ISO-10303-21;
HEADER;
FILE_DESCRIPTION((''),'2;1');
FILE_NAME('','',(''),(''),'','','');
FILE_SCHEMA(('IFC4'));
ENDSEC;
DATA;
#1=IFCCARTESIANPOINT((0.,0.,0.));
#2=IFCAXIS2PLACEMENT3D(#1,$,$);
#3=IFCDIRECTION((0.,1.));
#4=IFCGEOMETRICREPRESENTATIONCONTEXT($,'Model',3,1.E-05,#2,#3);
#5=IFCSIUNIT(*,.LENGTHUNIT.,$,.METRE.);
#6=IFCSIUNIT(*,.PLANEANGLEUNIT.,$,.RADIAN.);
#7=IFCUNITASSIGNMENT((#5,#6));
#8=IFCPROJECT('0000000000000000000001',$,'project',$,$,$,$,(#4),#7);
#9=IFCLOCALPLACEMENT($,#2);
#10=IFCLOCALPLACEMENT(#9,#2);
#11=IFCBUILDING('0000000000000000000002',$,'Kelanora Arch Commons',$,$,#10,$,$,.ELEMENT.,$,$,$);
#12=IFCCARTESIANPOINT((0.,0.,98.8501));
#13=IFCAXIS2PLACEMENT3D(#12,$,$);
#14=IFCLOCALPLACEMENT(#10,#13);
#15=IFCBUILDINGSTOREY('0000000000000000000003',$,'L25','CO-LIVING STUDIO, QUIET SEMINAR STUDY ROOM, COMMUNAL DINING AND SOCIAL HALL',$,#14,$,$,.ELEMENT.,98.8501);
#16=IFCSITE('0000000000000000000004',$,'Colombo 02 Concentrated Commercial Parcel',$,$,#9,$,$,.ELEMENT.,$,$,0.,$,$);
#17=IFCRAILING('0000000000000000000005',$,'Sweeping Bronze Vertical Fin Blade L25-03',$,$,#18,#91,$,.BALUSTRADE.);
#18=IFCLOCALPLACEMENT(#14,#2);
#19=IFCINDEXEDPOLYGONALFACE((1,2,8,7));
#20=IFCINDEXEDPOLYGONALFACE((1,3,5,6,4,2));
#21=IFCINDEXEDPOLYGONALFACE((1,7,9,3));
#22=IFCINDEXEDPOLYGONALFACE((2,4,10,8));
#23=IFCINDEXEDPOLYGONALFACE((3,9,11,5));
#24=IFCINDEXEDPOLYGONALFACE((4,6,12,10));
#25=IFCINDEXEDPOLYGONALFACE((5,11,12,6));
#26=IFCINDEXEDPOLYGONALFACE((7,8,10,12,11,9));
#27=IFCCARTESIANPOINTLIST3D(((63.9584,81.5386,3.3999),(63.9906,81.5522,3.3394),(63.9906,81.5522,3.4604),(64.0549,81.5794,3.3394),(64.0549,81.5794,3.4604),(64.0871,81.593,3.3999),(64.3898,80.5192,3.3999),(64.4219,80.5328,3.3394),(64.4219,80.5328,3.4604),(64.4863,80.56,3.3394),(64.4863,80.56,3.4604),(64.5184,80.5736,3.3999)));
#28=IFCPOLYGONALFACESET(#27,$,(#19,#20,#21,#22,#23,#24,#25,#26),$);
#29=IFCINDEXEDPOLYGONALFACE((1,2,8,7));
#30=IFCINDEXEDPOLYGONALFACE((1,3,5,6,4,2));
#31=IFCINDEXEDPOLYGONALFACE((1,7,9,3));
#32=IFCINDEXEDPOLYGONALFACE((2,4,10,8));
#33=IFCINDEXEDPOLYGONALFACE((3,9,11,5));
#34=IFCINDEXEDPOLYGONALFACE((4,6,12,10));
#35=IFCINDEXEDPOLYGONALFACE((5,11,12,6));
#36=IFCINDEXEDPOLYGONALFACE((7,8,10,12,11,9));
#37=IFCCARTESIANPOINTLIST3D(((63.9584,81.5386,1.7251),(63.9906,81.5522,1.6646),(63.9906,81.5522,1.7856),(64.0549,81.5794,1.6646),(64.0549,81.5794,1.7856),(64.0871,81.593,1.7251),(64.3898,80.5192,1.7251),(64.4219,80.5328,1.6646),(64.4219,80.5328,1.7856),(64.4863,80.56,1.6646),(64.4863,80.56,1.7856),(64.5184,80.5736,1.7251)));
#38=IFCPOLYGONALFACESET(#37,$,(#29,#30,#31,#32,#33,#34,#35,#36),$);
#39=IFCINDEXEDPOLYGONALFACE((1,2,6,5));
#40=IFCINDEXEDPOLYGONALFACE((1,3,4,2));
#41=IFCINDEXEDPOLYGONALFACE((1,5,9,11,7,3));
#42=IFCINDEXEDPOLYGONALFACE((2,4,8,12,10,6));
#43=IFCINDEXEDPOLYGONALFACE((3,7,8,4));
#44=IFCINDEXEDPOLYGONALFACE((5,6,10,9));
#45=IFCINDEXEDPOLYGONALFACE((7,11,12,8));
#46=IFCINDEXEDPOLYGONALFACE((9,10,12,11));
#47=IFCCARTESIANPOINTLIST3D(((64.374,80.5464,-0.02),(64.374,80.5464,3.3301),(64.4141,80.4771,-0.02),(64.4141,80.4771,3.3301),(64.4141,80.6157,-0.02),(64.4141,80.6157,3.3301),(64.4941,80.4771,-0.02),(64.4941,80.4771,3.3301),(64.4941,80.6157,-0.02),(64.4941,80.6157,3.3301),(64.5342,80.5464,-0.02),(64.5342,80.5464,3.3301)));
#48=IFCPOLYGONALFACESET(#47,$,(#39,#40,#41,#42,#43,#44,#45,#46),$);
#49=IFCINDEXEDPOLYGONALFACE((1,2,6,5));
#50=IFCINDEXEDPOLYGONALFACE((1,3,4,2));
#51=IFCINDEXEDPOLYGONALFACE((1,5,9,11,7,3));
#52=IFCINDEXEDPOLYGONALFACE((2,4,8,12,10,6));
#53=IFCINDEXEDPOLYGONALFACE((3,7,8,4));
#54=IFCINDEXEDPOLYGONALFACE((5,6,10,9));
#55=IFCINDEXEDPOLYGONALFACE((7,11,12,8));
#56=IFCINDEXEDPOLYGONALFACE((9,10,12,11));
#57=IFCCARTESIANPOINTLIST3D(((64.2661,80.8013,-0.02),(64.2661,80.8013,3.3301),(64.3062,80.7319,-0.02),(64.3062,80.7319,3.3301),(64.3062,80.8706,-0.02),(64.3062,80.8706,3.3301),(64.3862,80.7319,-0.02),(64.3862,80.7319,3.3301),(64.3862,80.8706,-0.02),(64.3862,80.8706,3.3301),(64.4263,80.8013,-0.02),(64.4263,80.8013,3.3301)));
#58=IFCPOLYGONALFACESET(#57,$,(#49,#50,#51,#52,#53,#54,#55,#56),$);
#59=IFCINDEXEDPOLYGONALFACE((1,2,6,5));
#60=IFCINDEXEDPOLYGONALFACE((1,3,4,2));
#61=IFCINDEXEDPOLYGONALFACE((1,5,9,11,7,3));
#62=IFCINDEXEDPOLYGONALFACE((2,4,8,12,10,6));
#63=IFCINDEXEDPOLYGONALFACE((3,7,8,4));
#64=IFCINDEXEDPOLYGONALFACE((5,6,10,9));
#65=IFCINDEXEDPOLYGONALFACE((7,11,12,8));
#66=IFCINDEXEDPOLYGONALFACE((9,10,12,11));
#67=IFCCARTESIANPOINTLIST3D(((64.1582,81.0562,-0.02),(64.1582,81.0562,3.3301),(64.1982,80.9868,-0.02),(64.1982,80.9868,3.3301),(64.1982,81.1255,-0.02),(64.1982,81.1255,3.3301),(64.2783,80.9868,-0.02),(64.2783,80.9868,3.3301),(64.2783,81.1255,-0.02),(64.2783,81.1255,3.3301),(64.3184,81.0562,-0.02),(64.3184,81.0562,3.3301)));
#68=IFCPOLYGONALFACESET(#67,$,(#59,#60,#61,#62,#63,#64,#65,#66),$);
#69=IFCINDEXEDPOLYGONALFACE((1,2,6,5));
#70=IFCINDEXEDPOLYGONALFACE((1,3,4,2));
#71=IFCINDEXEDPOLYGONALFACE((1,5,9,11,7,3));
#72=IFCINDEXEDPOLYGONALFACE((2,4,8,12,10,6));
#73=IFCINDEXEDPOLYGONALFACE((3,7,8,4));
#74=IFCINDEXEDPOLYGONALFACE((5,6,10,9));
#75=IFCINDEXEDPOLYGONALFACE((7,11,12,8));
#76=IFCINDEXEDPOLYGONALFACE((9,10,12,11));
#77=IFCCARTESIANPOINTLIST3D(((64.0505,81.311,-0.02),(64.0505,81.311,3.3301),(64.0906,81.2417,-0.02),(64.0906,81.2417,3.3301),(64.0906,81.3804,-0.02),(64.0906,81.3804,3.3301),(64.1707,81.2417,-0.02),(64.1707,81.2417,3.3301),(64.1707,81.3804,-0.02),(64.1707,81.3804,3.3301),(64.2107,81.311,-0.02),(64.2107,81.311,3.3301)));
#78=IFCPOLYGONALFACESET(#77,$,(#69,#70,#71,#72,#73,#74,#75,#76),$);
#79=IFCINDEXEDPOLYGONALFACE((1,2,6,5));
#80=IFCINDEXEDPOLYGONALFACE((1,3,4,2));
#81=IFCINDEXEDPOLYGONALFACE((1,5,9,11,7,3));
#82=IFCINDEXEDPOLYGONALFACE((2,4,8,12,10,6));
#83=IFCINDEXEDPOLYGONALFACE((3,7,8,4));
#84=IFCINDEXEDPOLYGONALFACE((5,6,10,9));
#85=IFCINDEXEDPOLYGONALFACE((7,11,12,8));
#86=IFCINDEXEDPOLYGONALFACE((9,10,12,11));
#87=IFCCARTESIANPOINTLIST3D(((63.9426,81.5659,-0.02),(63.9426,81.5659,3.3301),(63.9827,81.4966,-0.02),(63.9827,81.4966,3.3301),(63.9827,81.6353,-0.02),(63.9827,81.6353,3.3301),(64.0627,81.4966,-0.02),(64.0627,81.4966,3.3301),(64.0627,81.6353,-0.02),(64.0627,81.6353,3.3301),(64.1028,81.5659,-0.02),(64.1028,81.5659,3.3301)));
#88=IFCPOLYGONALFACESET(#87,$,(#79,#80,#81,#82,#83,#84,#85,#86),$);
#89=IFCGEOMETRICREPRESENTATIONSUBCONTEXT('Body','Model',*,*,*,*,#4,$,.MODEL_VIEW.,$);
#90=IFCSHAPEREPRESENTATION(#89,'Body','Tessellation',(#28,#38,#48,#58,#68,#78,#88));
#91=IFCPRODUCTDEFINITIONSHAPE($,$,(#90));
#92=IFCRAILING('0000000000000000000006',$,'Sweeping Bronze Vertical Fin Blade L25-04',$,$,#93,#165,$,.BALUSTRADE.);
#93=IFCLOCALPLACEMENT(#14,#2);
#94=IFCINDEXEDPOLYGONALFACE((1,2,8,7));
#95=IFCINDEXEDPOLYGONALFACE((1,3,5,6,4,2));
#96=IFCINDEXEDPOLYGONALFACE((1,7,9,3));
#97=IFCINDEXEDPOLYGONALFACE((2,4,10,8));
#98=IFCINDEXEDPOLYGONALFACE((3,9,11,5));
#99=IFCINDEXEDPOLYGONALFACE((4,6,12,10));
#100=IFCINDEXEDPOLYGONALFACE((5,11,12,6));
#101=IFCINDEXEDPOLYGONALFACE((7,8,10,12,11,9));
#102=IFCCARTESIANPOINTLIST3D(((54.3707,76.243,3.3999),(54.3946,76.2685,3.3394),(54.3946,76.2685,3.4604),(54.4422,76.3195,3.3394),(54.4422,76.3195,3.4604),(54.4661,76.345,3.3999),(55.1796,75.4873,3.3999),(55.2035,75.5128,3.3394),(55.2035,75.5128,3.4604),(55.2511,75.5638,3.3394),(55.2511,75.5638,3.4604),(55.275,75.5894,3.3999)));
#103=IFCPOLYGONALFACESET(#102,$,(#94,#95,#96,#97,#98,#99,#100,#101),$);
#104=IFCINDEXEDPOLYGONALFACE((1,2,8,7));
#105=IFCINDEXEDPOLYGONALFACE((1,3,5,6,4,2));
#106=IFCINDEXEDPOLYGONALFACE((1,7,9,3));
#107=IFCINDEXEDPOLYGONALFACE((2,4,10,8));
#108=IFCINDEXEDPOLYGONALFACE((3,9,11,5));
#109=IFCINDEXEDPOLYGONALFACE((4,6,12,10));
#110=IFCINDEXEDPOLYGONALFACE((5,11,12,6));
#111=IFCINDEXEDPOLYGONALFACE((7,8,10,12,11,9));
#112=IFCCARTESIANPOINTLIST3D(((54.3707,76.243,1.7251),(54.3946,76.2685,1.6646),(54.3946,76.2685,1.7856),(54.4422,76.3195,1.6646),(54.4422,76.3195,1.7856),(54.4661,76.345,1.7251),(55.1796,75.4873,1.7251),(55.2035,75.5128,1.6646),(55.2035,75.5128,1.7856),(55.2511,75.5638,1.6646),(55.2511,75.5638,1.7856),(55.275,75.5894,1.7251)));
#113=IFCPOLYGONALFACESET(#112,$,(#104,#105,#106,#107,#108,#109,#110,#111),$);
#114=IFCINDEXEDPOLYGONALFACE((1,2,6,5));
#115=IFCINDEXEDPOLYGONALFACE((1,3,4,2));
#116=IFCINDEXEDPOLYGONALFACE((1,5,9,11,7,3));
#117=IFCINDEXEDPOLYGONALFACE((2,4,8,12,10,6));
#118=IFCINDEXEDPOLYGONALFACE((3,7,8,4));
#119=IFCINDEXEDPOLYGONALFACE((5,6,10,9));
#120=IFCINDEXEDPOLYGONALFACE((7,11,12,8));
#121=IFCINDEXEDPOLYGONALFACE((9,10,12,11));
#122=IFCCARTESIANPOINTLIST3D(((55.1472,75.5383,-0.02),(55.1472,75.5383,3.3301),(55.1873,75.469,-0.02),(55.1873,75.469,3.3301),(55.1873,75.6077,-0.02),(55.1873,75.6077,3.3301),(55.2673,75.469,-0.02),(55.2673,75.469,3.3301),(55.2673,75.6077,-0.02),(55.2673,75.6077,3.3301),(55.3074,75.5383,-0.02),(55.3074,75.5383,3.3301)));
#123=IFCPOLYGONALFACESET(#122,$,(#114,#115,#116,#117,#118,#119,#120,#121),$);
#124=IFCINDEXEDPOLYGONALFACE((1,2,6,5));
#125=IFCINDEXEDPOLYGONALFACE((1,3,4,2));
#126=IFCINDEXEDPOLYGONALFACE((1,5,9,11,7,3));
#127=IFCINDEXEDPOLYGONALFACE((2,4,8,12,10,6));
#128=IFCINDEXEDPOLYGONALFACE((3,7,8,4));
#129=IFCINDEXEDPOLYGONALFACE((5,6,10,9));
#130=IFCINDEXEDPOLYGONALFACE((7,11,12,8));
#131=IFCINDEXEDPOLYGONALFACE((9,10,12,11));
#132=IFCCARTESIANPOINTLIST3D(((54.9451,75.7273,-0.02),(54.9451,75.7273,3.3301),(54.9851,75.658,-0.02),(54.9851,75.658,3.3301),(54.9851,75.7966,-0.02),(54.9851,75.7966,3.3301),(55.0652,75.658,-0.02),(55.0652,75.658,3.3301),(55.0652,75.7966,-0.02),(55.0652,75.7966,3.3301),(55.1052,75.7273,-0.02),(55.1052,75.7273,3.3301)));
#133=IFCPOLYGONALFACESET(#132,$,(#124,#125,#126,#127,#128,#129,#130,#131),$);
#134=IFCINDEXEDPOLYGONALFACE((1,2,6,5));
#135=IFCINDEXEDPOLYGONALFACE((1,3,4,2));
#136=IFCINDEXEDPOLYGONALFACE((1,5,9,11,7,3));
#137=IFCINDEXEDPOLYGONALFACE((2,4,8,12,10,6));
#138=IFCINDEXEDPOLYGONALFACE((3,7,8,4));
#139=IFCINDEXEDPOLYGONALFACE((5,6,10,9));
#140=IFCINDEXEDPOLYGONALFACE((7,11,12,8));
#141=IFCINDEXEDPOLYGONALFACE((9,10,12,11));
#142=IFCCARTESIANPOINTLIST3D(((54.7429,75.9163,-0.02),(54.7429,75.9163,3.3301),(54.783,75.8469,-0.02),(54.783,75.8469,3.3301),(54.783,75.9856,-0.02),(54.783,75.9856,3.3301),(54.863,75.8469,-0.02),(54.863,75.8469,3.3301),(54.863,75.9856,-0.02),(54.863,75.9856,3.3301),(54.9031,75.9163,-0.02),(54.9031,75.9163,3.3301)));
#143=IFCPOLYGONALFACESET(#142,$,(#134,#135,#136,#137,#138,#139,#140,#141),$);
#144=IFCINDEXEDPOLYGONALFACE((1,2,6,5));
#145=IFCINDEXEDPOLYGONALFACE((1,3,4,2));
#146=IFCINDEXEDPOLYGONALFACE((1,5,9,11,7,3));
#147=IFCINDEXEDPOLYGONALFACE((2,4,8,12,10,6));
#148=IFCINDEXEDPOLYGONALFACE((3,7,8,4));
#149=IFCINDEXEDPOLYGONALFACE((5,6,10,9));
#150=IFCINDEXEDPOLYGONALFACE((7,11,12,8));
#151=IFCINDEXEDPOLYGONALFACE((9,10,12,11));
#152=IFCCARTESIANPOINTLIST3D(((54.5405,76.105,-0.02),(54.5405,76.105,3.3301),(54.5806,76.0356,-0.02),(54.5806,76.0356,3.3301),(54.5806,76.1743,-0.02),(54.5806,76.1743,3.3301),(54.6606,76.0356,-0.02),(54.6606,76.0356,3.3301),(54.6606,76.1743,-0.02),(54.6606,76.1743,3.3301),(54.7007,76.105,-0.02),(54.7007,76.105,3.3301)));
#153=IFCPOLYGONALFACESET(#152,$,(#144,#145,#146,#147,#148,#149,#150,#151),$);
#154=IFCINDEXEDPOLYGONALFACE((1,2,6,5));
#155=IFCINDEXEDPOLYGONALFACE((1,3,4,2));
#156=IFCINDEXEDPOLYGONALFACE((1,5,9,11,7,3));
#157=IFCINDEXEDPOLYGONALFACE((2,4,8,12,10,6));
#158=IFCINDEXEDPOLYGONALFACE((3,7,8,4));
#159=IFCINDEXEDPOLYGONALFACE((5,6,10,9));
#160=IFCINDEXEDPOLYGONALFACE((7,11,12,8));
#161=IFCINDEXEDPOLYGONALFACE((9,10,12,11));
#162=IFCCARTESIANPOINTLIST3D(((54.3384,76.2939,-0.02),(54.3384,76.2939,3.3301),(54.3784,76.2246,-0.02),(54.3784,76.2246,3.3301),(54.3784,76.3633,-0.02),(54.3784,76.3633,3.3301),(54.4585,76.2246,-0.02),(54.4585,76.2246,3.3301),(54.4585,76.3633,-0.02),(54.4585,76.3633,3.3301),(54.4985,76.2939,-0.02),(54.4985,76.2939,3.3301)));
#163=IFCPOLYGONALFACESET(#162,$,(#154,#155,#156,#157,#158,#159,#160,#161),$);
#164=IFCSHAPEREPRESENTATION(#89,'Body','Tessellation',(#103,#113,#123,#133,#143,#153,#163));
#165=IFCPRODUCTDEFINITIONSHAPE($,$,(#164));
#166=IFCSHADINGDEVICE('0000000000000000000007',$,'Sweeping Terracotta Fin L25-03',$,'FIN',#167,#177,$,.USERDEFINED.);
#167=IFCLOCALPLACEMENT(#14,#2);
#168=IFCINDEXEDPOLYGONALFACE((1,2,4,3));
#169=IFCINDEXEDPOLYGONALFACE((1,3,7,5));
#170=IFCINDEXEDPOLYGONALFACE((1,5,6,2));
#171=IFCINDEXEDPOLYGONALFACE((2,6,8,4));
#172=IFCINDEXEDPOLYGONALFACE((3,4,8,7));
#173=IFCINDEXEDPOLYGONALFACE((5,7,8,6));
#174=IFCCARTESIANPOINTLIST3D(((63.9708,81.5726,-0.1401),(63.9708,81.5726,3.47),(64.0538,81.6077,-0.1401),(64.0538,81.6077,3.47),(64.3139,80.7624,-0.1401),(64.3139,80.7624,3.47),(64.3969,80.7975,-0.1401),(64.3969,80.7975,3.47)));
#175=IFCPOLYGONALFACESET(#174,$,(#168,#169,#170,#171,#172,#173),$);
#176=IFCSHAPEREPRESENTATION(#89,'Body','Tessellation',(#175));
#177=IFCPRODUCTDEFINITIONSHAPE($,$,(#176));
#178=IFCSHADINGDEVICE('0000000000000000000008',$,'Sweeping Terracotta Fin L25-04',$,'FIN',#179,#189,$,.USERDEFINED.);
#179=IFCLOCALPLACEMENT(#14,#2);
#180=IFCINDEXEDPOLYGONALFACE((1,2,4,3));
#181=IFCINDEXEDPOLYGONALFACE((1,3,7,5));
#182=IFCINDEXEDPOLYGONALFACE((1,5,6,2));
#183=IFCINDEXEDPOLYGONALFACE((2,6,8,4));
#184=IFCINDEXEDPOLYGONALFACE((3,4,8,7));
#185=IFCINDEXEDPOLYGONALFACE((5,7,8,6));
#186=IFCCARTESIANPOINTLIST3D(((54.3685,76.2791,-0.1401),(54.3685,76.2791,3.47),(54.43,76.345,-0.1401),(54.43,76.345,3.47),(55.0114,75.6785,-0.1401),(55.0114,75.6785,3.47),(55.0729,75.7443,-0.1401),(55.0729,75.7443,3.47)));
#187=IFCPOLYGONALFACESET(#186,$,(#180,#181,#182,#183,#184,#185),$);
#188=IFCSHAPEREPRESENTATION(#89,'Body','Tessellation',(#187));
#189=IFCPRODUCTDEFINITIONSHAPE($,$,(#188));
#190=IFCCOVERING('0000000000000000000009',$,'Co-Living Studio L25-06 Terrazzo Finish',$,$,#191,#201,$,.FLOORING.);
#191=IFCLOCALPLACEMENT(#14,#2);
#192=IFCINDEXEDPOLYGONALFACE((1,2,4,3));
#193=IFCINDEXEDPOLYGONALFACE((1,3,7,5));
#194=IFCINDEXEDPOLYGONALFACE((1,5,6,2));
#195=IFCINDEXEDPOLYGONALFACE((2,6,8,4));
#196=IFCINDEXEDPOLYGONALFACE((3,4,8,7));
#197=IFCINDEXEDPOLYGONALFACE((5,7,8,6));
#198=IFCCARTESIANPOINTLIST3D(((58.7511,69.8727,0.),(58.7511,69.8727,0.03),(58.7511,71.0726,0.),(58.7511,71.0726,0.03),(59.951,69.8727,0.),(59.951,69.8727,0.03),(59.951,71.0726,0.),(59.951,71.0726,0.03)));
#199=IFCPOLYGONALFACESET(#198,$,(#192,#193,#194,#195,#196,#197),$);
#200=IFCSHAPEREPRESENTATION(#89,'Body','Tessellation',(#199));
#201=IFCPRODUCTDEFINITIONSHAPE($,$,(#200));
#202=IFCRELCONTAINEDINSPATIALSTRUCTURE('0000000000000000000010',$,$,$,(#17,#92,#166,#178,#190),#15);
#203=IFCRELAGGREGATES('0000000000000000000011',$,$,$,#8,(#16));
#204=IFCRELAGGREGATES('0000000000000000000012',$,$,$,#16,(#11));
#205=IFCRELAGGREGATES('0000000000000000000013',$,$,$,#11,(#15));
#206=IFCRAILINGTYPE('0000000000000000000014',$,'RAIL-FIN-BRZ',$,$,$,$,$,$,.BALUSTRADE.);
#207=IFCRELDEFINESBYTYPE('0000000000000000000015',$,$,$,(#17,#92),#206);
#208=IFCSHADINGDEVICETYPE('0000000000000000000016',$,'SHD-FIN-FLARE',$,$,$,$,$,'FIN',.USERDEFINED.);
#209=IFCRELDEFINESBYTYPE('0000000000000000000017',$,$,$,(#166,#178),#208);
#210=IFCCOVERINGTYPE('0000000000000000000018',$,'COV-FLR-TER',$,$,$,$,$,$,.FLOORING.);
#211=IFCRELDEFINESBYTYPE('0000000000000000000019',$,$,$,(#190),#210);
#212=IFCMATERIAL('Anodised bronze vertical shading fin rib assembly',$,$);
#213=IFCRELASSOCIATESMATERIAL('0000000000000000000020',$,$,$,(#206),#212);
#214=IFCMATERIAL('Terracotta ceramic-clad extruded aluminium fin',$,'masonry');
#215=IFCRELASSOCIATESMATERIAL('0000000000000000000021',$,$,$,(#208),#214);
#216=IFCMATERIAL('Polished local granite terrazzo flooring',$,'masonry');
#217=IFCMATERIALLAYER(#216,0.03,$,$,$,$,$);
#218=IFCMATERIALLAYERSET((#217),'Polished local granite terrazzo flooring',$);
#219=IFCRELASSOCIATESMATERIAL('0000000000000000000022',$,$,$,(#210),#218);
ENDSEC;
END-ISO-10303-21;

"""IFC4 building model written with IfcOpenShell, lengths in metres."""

from ifc_helpers import new_model, si_unit, direction, frame, origin, origin_2d, place, context, subcontext, project, spatial, polyline, rectangle, outline, extrude, source, transform, mapped, material, layer, layer_set, type_object, element, save


model = new_model("IFC4")

# Units and contexts
model_context = context("Model", 3, precision=1e-05, world=origin(), true_north=direction((0.0, 1.0)))
body_context = subcontext(model_context, "Body", "Model", "MODEL_VIEW")
ifc_project = project(units=[si_unit("LENGTHUNIT", "METRE"), si_unit("PLANEANGLEUNIT", "RADIAN")], contexts=[model_context])

# Site, building, storey
site_placement = place(None, origin())
site = spatial("IfcSite", under=ifc_project, at=site_placement, Name="Colombo 02 Concentrated Commercial Parcel", CompositionType="ELEMENT", RefElevation=0.0)
building_placement = place(site_placement, origin())
building = spatial("IfcBuilding", under=site, at=building_placement, Name="Kelanora Arch Commons", CompositionType="ELEMENT")
storey_placement = place(building_placement, frame((0.0, 0.0, 98.8501)))
storey = spatial("IfcBuildingStorey", under=building, at=storey_placement, Name="L25", Description="CO-LIVING STUDIO, QUIET SEMINAR STUDY ROOM, COMMUNAL DINING AND SOCIAL HALL", CompositionType="ELEMENT", Elevation=98.8501)

# Railings
ifc_material_1 = material(Name="Anodised bronze vertical shading fin rib assembly")
railing_type = type_object("IfcRailingType", Name="RAIL-FIN-BRZ", PredefinedType="BALUSTRADE", material=ifc_material_1)
railing_1_placement = place(storey_placement, frame((64.4541, 80.5464, -0.02)))
element("IfcRailing", 1, at=railing_1_placement, inside=storey, type_object=railing_type, Name="Sweeping Bronze Vertical Fin Blade L25-03", PredefinedType="BALUSTRADE", context=body_context, shape_type="SweptSolid", body=[
    extrude(outline(polyline([(0.0698, 0.0), (0.0349, 0.0605), (-0.0349, 0.0605), (-0.0698, 0.0), (-0.0349, -0.0605), (0.0349, -0.0605), (0.0698, 0.0)])), frame((0.0, 0.0, 3.4199), z_axis=(-0.389683, 0.920949, 0.0), x_axis=(-0.920949, -0.389683, 0.0)), (0.0, 0.0, 1.0), 1.1069),
    extrude(outline(polyline([(0.0698, 0.0), (0.0349, 0.0605), (-0.0349, 0.0605), (-0.0698, 0.0), (-0.0349, -0.0605), (0.0349, -0.0605), (0.0698, 0.0)])), frame((0.0, 0.0, 1.7451), z_axis=(-0.389683, 0.920949, 0.0), x_axis=(-0.920949, -0.389683, 0.0)), (0.0, 0.0, 1.0), 1.1069),
    extrude(outline(polyline([(0.0801, 0.0), (0.04, 0.0693), (-0.04, 0.0693), (-0.0801, 0.0), (-0.04, -0.0693), (0.04, -0.0693), (0.0801, 0.0)])), origin(), (0.0, 0.0, 1.0), 3.3501),
    extrude(outline(polyline([(0.0801, 0.0), (0.04, 0.0693), (-0.04, 0.0693), (-0.0801, 0.0), (-0.04, -0.0693), (0.04, -0.0693), (0.0801, 0.0)])), frame((-0.1079, 0.2549, 0.0)), (0.0, 0.0, 1.0), 3.3501),
    extrude(outline(polyline([(0.0801, 0.0), (0.04, 0.0693), (-0.04, 0.0693), (-0.0801, 0.0), (-0.04, -0.0693), (0.04, -0.0693), (0.0801, 0.0)])), frame((-0.2158, 0.5098, 0.0)), (0.0, 0.0, 1.0), 3.3501),
    extrude(outline(polyline([(0.0801, 0.0), (0.04, 0.0693), (-0.04, 0.0693), (-0.0801, 0.0), (-0.04, -0.0693), (0.04, -0.0693), (0.0801, 0.0)])), frame((-0.3235, 0.7646, 0.0)), (0.0, 0.0, 1.0), 3.3501),
    extrude(outline(polyline([(0.0801, 0.0), (0.04, 0.0693), (-0.04, 0.0693), (-0.0801, 0.0), (-0.04, -0.0693), (0.04, -0.0693), (0.0801, 0.0)])), frame((-0.4314, 1.0195, 0.0)), (0.0, 0.0, 1.0), 3.3501),
])
railing_2_placement = place(storey_placement, frame((55.2273, 75.5383, -0.02)))
element("IfcRailing", 2, at=railing_2_placement, inside=storey, type_object=railing_type, Name="Sweeping Bronze Vertical Fin Blade L25-04", PredefinedType="BALUSTRADE", context=body_context, shape_type="SweptSolid", body=[
    extrude(outline(polyline([(0.0698, 0.0), (0.0349, 0.0605), (-0.0349, 0.0605), (-0.0698, 0.0), (-0.0349, -0.0605), (0.0349, -0.0605), (0.0698, 0.0)])), frame((0.0, 0.0, 3.4199), z_axis=(-0.73074, 0.682656, 0.0), x_axis=(-0.682656, -0.73074, 0.0)), (0.0, 0.0, 1.0), 1.1069),
    extrude(outline(polyline([(0.0698, 0.0), (0.0349, 0.0605), (-0.0349, 0.0605), (-0.0698, 0.0), (-0.0349, -0.0605), (0.0349, -0.0605), (0.0698, 0.0)])), frame((0.0, 0.0, 1.7451), z_axis=(-0.73074, 0.682656, 0.0), x_axis=(-0.682656, -0.73074, 0.0)), (0.0, 0.0, 1.0), 1.1069),
    extrude(outline(polyline([(0.0801, 0.0), (0.04, 0.0693), (-0.04, 0.0693), (-0.0801, 0.0), (-0.04, -0.0693), (0.04, -0.0693), (0.0801, 0.0)])), origin(), (0.0, 0.0, 1.0), 3.3501),
    extrude(outline(polyline([(0.0801, 0.0), (0.04, 0.0693), (-0.04, 0.0693), (-0.0801, 0.0), (-0.04, -0.0693), (0.04, -0.0693), (0.0801, 0.0)])), frame((-0.2021, 0.189, 0.0)), (0.0, 0.0, 1.0), 3.3501),
    extrude(outline(polyline([(0.0801, 0.0), (0.04, 0.0693), (-0.04, 0.0693), (-0.0801, 0.0), (-0.04, -0.0693), (0.04, -0.0693), (0.0801, 0.0)])), frame((-0.4043, 0.3779, 0.0)), (0.0, 0.0, 1.0), 3.3501),
    extrude(outline(polyline([(0.0801, 0.0), (0.04, 0.0693), (-0.04, 0.0693), (-0.0801, 0.0), (-0.04, -0.0693), (0.04, -0.0693), (0.0801, 0.0)])), frame((-0.6067, 0.5667, 0.0)), (0.0, 0.0, 1.0), 3.3501),
    extrude(outline(polyline([(0.0801, 0.0), (0.04, 0.0693), (-0.04, 0.0693), (-0.0801, 0.0), (-0.04, -0.0693), (0.04, -0.0693), (0.0801, 0.0)])), frame((-0.8088, 0.7556, 0.0)), (0.0, 0.0, 1.0), 3.3501),
])

# Shading devices
ifc_material_2 = material(Name="Terracotta ceramic-clad extruded aluminium fin", Category="masonry")
shading_device_type = type_object("IfcShadingDeviceType", Name="SHD-FIN-FLARE", ElementType="FIN", PredefinedType="USERDEFINED", material=ifc_material_2)
shared_shape_1 = source(origin(), body_context, "Body", "SweptSolid", [
    extrude(rectangle(XDim=0.8799, YDim=0.0901, at=origin_2d()), origin(), (0.0, 0.0, 1.0), 3.6101),
])
for number, where, z_axis, x_axis, name in (
    (3, (64.1838, 81.1851, -0.1401), (0.0, 0.0, 1.0), (-0.389928, 0.920845, 0.0), "Sweeping Terracotta Fin L25-03"),
    (4, (54.7207, 76.0117, -0.1401), (0.0, 0.0, 1.0), (-0.730758, 0.682636, 0.0), "Sweeping Terracotta Fin L25-04"),
):
    element("IfcShadingDevice", number, at=place(storey_placement, frame(where, z_axis=z_axis, x_axis=x_axis)), inside=storey, type_object=shading_device_type, Name=name, ObjectType="FIN", PredefinedType="USERDEFINED", context=body_context, shape_type="MappedRepresentation", body=[
        mapped(shared_shape_1, transform((0.0, 0.0, 0.0), scale=1.0)),
    ])

# Covering
ifc_material_3 = material(Name="Polished local granite terrazzo flooring", Category="masonry")
ifc_layer_1 = layer(ifc_material_3, 0.03)
ifc_layer_set_1 = layer_set([ifc_layer_1], Name="Polished local granite terrazzo flooring")
covering_type = type_object("IfcCoveringType", Name="COV-FLR-TER", PredefinedType="FLOORING", material=ifc_layer_set_1)
shared_shape_2 = source(origin(), body_context, "Body", "SweptSolid", [
    extrude(rectangle(XDim=1.2, YDim=1.2, at=origin_2d()), origin(), (0.0, 0.0, 1.0), 0.03),
])
covering_placement = place(storey_placement, frame((59.3511, 70.4727, 0.0), z_axis=(0.0, 0.0, 1.0), x_axis=(1.0, 0.0, 0.0)))
element("IfcCovering", 5, at=covering_placement, inside=storey, type_object=covering_type, Name="Co-Living Studio L25-06 Terrazzo Finish", PredefinedType="FLOORING", context=body_context, shape_type="MappedRepresentation", body=[
    mapped(shared_shape_2, transform((0.0, 0.0, 0.0), scale=1.0)),
])

save(model, "model.ifc")
